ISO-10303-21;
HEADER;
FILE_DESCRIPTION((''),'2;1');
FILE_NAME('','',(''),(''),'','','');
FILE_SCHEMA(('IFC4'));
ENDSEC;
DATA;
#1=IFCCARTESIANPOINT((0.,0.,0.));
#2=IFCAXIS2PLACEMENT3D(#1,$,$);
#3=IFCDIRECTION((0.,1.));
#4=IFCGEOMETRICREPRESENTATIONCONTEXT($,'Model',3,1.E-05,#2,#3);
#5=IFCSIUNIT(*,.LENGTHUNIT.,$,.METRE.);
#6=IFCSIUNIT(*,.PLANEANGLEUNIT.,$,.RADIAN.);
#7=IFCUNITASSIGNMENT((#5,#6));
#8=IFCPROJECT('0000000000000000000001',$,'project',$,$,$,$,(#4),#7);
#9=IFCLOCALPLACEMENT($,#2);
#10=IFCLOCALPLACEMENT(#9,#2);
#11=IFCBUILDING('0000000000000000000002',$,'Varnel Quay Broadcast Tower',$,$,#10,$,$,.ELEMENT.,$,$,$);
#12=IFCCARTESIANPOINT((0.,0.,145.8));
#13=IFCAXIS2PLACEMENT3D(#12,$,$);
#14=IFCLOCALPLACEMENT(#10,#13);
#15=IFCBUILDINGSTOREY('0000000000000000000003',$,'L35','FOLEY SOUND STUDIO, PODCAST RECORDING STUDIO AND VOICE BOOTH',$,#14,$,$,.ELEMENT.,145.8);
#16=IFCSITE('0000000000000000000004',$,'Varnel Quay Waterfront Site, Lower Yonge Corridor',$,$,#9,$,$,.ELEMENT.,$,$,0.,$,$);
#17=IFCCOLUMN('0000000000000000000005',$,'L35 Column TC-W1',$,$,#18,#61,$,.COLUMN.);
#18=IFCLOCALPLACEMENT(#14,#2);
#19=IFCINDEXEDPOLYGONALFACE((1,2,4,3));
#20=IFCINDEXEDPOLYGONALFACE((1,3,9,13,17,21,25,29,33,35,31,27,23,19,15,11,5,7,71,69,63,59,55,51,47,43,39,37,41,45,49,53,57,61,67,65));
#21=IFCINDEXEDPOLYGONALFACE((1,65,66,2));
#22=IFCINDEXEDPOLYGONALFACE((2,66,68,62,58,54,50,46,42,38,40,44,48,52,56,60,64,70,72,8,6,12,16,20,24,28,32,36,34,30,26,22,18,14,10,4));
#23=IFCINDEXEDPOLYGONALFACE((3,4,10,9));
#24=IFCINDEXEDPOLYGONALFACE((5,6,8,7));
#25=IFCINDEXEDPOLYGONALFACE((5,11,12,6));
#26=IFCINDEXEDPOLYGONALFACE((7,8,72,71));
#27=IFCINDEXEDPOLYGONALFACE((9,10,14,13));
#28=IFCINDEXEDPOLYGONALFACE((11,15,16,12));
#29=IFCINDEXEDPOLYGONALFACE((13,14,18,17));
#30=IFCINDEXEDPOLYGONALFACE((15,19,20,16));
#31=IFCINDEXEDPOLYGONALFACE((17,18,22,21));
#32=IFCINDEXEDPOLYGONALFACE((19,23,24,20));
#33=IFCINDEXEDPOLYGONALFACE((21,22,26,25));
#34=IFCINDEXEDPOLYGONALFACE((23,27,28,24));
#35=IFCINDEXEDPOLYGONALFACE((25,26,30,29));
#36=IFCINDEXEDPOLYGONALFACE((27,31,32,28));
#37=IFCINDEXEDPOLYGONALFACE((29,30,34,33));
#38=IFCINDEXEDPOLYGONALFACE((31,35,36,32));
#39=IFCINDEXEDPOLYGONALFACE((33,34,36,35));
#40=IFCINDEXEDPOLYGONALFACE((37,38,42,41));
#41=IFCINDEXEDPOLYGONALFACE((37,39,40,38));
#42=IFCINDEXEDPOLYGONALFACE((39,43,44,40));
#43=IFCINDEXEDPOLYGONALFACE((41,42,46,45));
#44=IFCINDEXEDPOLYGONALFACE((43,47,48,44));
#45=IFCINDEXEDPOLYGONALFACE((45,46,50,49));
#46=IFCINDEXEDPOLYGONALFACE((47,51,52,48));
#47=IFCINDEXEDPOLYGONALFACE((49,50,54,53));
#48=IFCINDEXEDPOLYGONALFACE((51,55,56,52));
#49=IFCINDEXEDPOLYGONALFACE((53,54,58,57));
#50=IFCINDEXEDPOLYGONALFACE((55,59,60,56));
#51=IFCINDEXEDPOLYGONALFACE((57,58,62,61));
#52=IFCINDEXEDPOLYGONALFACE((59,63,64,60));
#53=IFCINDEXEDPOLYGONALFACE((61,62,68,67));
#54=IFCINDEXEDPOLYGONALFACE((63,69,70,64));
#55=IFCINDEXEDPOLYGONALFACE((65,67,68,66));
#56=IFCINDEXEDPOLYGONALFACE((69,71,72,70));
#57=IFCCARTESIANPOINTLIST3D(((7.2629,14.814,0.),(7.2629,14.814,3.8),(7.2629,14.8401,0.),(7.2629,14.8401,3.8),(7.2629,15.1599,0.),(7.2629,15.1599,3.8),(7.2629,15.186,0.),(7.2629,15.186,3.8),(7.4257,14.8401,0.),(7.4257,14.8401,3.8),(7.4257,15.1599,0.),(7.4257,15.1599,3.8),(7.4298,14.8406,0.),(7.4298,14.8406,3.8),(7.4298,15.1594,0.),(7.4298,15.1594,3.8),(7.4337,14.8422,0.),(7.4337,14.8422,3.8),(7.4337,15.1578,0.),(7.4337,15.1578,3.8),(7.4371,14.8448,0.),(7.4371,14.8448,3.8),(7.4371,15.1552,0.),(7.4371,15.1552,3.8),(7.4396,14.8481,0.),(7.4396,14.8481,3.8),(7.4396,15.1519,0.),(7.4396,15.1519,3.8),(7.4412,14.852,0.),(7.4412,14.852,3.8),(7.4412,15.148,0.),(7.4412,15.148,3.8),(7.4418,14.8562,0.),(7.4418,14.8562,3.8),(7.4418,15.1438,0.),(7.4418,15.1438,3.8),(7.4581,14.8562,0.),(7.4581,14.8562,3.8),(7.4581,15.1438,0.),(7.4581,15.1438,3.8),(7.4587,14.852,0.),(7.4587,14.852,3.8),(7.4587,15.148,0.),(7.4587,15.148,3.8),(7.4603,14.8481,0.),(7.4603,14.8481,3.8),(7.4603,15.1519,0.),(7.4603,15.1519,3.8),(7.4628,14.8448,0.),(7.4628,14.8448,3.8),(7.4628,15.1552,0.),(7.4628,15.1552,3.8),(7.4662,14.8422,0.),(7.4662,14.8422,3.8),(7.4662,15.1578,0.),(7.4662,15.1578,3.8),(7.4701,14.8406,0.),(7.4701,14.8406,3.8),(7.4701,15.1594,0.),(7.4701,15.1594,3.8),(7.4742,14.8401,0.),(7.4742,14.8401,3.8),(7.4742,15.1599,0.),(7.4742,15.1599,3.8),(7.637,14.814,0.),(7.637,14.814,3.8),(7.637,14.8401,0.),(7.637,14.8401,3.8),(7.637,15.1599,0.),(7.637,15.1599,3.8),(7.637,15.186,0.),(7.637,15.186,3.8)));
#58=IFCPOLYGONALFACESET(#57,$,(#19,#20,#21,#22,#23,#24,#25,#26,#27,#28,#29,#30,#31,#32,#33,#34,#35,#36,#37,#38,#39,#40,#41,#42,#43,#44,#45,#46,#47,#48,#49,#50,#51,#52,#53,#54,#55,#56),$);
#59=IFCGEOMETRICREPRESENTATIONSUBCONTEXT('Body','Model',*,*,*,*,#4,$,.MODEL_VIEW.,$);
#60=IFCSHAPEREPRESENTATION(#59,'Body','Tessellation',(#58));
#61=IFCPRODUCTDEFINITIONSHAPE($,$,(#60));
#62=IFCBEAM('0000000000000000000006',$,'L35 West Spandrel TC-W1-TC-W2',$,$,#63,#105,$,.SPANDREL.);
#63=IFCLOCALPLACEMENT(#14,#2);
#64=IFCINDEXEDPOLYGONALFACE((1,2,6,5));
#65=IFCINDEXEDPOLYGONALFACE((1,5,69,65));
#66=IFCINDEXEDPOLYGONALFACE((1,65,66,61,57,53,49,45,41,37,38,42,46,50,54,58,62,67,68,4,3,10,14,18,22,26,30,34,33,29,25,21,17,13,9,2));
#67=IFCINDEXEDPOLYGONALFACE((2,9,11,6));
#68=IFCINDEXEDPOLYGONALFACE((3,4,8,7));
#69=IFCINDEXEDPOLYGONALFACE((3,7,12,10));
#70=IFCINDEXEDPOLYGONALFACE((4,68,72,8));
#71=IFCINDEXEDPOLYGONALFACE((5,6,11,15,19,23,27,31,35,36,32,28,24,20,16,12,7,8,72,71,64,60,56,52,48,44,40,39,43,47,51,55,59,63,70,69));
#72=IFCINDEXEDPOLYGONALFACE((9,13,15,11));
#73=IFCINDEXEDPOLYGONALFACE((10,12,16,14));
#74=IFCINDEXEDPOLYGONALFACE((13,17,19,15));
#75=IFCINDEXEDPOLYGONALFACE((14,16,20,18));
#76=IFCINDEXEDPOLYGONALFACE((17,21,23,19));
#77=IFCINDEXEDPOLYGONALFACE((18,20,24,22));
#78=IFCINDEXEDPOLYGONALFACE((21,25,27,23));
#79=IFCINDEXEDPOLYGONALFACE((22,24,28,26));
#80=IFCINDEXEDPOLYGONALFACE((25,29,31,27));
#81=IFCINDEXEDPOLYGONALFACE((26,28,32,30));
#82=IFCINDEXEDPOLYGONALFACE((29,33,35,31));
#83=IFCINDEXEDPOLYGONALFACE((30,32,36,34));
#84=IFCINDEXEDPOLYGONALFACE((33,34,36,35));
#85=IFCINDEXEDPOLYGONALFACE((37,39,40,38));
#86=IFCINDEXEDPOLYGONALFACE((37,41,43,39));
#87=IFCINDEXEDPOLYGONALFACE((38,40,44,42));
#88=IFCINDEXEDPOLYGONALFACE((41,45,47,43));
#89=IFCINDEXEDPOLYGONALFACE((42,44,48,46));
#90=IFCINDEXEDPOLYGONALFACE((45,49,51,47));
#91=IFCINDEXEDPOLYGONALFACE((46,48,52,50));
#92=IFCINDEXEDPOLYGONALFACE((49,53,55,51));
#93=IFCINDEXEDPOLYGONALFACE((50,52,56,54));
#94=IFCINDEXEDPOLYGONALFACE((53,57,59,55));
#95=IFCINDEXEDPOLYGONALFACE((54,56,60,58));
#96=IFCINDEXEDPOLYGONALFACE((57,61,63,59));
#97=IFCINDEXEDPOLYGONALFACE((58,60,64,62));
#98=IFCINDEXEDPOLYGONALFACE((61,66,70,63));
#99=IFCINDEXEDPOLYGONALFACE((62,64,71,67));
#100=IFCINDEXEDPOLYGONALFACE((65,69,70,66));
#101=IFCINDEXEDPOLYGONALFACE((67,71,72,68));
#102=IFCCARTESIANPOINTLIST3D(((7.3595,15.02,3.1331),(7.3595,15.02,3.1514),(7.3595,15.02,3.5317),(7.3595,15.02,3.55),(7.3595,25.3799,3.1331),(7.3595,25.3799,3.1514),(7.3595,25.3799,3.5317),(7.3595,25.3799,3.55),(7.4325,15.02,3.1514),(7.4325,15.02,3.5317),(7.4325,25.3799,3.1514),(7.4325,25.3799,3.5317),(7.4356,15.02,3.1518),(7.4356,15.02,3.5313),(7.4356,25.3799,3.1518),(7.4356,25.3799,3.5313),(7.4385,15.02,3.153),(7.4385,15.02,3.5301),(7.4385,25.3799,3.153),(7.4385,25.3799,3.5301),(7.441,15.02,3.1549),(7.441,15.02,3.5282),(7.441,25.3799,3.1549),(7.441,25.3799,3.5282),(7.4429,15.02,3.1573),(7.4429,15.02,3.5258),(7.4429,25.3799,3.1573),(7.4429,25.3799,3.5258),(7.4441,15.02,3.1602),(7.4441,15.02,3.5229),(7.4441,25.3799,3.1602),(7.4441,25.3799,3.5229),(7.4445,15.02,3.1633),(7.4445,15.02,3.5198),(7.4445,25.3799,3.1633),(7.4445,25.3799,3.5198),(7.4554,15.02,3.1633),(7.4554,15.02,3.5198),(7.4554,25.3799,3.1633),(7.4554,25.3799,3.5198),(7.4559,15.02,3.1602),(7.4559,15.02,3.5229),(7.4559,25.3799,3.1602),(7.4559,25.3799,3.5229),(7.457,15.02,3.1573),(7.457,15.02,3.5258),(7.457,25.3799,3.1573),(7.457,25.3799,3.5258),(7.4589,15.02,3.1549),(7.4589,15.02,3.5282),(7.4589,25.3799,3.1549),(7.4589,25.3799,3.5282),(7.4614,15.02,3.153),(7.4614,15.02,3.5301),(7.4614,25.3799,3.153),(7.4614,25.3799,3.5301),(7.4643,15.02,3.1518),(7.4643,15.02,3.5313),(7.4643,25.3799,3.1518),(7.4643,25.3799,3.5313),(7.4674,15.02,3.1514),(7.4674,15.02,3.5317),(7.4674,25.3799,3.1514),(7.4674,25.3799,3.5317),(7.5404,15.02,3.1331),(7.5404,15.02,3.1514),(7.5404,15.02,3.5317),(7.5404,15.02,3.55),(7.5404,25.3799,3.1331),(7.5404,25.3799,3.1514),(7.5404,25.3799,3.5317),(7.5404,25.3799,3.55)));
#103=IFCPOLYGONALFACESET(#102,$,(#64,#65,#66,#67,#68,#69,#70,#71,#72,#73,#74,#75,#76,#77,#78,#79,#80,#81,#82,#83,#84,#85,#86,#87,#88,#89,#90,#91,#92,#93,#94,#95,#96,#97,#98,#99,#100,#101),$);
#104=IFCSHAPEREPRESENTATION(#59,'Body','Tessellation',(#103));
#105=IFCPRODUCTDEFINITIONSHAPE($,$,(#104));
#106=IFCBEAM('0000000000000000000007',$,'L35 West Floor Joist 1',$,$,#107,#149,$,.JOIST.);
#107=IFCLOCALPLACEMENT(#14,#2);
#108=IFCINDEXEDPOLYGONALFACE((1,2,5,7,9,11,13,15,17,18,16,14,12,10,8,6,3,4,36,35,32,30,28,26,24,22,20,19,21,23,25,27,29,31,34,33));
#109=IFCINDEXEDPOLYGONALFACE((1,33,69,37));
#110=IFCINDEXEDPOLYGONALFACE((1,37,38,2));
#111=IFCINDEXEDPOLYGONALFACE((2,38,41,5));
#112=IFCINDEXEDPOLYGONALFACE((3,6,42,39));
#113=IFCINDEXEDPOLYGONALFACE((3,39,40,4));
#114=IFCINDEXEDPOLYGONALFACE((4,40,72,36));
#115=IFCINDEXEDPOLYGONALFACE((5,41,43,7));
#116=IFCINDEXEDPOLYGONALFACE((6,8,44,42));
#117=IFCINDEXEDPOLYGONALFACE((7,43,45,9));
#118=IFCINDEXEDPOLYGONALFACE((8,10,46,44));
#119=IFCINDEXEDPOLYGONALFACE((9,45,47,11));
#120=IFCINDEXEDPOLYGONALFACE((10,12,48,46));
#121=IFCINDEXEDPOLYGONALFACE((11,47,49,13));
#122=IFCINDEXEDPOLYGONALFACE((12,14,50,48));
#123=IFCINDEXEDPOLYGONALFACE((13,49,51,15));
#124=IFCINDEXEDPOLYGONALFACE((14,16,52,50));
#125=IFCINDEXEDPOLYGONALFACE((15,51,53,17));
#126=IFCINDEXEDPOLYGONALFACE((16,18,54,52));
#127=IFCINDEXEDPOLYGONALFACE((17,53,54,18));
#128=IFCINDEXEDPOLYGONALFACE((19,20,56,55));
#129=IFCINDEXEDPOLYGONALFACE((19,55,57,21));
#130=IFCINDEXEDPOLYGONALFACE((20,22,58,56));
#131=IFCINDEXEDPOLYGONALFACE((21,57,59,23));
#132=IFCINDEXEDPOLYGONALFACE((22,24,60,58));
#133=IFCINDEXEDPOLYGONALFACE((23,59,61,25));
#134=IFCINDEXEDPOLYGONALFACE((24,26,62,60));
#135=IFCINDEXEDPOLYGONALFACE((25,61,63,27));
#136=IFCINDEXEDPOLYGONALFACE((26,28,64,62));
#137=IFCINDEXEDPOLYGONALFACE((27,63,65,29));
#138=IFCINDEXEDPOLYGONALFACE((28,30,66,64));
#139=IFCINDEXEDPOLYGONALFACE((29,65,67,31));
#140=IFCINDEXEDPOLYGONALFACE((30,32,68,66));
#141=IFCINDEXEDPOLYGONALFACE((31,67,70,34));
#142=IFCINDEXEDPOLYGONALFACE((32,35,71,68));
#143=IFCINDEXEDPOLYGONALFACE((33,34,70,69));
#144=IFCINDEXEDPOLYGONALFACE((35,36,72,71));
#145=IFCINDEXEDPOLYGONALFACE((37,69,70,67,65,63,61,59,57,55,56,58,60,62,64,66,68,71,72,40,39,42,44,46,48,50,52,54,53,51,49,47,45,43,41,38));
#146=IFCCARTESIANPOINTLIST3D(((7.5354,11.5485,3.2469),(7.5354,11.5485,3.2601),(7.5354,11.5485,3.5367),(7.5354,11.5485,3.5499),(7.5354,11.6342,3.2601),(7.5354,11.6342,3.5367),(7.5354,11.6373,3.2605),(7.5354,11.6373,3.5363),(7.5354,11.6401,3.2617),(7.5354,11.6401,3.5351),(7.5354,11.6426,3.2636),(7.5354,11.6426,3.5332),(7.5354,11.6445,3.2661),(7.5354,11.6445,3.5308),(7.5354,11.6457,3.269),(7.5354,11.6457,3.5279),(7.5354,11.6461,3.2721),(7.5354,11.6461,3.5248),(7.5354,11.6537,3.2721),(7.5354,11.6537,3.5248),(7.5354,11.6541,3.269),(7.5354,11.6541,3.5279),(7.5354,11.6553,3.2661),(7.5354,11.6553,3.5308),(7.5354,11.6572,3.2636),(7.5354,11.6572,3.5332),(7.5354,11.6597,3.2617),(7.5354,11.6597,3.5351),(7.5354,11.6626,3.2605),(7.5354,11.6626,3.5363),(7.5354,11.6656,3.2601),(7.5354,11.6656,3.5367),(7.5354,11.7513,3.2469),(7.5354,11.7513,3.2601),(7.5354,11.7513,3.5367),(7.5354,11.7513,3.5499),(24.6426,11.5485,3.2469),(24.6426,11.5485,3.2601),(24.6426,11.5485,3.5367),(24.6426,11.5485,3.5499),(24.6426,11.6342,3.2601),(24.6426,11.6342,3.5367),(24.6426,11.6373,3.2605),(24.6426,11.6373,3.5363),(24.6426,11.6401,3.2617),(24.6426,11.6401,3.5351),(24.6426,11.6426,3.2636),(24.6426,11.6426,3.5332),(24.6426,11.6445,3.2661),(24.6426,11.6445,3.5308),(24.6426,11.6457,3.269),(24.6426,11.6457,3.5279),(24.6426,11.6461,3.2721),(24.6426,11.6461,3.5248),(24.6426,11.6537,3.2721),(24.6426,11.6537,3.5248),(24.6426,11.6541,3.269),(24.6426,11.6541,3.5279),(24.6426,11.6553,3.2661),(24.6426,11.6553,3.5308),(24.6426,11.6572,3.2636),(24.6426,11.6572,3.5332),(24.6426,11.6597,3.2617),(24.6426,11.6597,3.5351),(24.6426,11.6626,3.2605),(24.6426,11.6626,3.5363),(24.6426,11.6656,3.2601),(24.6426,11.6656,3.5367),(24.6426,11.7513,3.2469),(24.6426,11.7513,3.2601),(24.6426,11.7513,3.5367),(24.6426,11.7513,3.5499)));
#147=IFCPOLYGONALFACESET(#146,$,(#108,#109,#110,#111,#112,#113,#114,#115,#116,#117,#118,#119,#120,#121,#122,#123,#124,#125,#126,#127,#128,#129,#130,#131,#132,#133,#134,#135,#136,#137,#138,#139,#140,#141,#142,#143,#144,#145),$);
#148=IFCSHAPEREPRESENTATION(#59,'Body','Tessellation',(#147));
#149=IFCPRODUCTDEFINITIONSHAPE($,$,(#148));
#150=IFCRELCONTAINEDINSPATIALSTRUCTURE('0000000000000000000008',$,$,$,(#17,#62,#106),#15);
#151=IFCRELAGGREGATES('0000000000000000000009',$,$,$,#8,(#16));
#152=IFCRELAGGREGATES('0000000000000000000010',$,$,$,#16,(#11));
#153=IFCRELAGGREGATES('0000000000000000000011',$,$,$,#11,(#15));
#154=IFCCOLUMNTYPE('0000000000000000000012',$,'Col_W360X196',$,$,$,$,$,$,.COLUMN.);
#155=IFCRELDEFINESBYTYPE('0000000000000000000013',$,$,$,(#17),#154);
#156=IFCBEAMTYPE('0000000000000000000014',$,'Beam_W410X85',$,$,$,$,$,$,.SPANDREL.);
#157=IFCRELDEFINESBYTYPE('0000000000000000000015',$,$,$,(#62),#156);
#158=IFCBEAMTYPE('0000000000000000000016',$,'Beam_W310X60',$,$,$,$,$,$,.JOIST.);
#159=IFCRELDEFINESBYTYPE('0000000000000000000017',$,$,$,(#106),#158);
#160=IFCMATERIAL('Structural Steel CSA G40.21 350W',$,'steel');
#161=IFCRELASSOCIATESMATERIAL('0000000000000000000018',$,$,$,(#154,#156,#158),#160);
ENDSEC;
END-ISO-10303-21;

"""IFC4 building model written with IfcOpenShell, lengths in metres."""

from ifc_helpers import new_model, si_unit, direction, frame, origin, origin_2d, place, context, subcontext, project, spatial, i_section, extrude, source, transform, mapped, material, material_profile, profile_set, type_object, type_shapes, element, save


model = new_model("IFC4")

# Units and contexts
model_context = context("Model", 3, precision=1e-05, world=origin(), true_north=direction((0.0, 1.0)))
body_context = subcontext(model_context, "Body", "Model", "MODEL_VIEW")
ifc_project = project(units=[si_unit("LENGTHUNIT", "METRE"), si_unit("PLANEANGLEUNIT", "RADIAN")], contexts=[model_context])

# Site, building, storey
site_placement = place(None, origin())
site = spatial("IfcSite", under=ifc_project, at=site_placement, Name="Varnel Quay Waterfront Site, Lower Yonge Corridor", CompositionType="ELEMENT", RefElevation=0.0)
building_placement = place(site_placement, origin())
building = spatial("IfcBuilding", under=site, at=building_placement, Name="Varnel Quay Broadcast Tower", CompositionType="ELEMENT")
storey_placement = place(building_placement, frame((0.0, 0.0, 145.8)))
storey = spatial("IfcBuildingStorey", under=building, at=storey_placement, Name="L35", Description="FOLEY SOUND STUDIO, PODCAST RECORDING STUDIO AND VOICE BOOTH", CompositionType="ELEMENT", Elevation=145.8)

# Column
ifc_material_1 = material(Name="Structural Steel CSA G40.21 350W", Category="steel")
ifc_material_profile_1 = material_profile(ifc_material_1, i_section(OverallWidth=0.374, OverallDepth=0.3721, WebThickness=0.0164, FlangeThickness=0.0261, FilletRadius=0.0161, at=origin_2d()), Name="W360X196")
ifc_profile_set_1 = profile_set([ifc_material_profile_1], Name="Structural Steel CSA G40.21 350W")
column_type = type_object("IfcColumnType", Name="Col_W360X196", PredefinedType="COLUMN", material=ifc_profile_set_1)
shared_shape_1 = source(origin(), body_context, "Body", "SweptSolid", [
    extrude(i_section(OverallWidth=0.374, OverallDepth=0.3721, WebThickness=0.0164, FlangeThickness=0.0261, FilletRadius=0.0161, at=origin_2d()), origin(), (0.0, 0.0, 1.0), 3.8),
])
type_shapes(column_type, [shared_shape_1])
column_placement = place(storey_placement, frame((7.45, 15.0, 0.0), z_axis=(0.0, 0.0, 1.0), x_axis=(1.0, 0.0, 0.0)))
element("IfcColumn", 1, at=column_placement, inside=storey, type_object=column_type, Name="L35 Column TC-W1", PredefinedType="COLUMN", context=body_context, shape_type="MappedRepresentation", body=[
    mapped(shared_shape_1, transform((0.0, 0.0, 0.0), x_axis=(1.0, 0.0, 0.0), y_axis=(0.0, 1.0, 0.0), z_axis=(0.0, 0.0, 1.0), scale=1.0)),
])

# Beams
ifc_material_profile_2 = material_profile(ifc_material_1, i_section(OverallWidth=0.1809, OverallDepth=0.417, WebThickness=0.011, FlangeThickness=0.0183, FilletRadius=0.012, at=origin_2d()), Name="W410X85")
ifc_profile_set_2 = profile_set([ifc_material_profile_2], Name="Structural Steel CSA G40.21 350W")
beam_type_1 = type_object("IfcBeamType", Name="Beam_W410X85", PredefinedType="SPANDREL", material=ifc_profile_set_2)
shared_shape_2 = source(origin(), body_context, "Body", "SweptSolid", [
    extrude(i_section(OverallWidth=0.1809, OverallDepth=0.417, WebThickness=0.011, FlangeThickness=0.0183, FilletRadius=0.012, at=origin_2d()), origin(), (0.0, 0.0, 1.0), 10.3599),
])
type_shapes(beam_type_1, [shared_shape_2])
beam_1_placement = place(storey_placement, frame((7.45, 15.02, 3.3416), z_axis=(0.0, 1.0, 0.0), x_axis=(-1.0, 0.0, 0.0)))
element("IfcBeam", 2, at=beam_1_placement, inside=storey, type_object=beam_type_1, Name="L35 West Spandrel TC-W1-TC-W2", PredefinedType="SPANDREL", context=body_context, shape_type="MappedRepresentation", body=[
    mapped(shared_shape_2, transform((0.0, 0.0, 0.0), x_axis=(1.0, 0.0, 0.0), y_axis=(0.0, 1.0, 0.0), z_axis=(0.0, 0.0, 1.0), scale=1.0)),
])
ifc_material_profile_3 = material_profile(ifc_material_1, i_section(OverallWidth=0.2029, OverallDepth=0.303, WebThickness=0.0076, FlangeThickness=0.0132, FilletRadius=0.012, at=origin_2d()), Name="W310X60")
ifc_profile_set_3 = profile_set([ifc_material_profile_3], Name="Structural Steel CSA G40.21 350W")
beam_type_2 = type_object("IfcBeamType", Name="Beam_W310X60", PredefinedType="JOIST", material=ifc_profile_set_3)
shared_shape_3 = source(origin(), body_context, "Body", "SweptSolid", [
    extrude(i_section(OverallWidth=0.2029, OverallDepth=0.303, WebThickness=0.0076, FlangeThickness=0.0132, FilletRadius=0.012, at=origin_2d()), origin(), (0.0, 0.0, 1.0), 17.1072),
])
type_shapes(beam_type_2, [shared_shape_3])
for number, where, z_axis, x_axis, name in (
    (3, (7.5354, 11.6499, 3.3984), (1.0, 0.0, 0.0), (0.0, 1.0, 0.0), "L35 West Floor Joist 1"),
):
    element("IfcBeam", number, at=place(storey_placement, frame(where, z_axis=z_axis, x_axis=x_axis)), inside=storey, type_object=beam_type_2, Name=name, PredefinedType="JOIST", context=body_context, shape_type="MappedRepresentation", body=[
        mapped(shared_shape_3, transform((0.0, 0.0, 0.0), x_axis=(1.0, 0.0, 0.0), y_axis=(0.0, 1.0, 0.0), z_axis=(0.0, 0.0, 1.0), scale=1.0)),
    ])

save(model, "model.ifc")
